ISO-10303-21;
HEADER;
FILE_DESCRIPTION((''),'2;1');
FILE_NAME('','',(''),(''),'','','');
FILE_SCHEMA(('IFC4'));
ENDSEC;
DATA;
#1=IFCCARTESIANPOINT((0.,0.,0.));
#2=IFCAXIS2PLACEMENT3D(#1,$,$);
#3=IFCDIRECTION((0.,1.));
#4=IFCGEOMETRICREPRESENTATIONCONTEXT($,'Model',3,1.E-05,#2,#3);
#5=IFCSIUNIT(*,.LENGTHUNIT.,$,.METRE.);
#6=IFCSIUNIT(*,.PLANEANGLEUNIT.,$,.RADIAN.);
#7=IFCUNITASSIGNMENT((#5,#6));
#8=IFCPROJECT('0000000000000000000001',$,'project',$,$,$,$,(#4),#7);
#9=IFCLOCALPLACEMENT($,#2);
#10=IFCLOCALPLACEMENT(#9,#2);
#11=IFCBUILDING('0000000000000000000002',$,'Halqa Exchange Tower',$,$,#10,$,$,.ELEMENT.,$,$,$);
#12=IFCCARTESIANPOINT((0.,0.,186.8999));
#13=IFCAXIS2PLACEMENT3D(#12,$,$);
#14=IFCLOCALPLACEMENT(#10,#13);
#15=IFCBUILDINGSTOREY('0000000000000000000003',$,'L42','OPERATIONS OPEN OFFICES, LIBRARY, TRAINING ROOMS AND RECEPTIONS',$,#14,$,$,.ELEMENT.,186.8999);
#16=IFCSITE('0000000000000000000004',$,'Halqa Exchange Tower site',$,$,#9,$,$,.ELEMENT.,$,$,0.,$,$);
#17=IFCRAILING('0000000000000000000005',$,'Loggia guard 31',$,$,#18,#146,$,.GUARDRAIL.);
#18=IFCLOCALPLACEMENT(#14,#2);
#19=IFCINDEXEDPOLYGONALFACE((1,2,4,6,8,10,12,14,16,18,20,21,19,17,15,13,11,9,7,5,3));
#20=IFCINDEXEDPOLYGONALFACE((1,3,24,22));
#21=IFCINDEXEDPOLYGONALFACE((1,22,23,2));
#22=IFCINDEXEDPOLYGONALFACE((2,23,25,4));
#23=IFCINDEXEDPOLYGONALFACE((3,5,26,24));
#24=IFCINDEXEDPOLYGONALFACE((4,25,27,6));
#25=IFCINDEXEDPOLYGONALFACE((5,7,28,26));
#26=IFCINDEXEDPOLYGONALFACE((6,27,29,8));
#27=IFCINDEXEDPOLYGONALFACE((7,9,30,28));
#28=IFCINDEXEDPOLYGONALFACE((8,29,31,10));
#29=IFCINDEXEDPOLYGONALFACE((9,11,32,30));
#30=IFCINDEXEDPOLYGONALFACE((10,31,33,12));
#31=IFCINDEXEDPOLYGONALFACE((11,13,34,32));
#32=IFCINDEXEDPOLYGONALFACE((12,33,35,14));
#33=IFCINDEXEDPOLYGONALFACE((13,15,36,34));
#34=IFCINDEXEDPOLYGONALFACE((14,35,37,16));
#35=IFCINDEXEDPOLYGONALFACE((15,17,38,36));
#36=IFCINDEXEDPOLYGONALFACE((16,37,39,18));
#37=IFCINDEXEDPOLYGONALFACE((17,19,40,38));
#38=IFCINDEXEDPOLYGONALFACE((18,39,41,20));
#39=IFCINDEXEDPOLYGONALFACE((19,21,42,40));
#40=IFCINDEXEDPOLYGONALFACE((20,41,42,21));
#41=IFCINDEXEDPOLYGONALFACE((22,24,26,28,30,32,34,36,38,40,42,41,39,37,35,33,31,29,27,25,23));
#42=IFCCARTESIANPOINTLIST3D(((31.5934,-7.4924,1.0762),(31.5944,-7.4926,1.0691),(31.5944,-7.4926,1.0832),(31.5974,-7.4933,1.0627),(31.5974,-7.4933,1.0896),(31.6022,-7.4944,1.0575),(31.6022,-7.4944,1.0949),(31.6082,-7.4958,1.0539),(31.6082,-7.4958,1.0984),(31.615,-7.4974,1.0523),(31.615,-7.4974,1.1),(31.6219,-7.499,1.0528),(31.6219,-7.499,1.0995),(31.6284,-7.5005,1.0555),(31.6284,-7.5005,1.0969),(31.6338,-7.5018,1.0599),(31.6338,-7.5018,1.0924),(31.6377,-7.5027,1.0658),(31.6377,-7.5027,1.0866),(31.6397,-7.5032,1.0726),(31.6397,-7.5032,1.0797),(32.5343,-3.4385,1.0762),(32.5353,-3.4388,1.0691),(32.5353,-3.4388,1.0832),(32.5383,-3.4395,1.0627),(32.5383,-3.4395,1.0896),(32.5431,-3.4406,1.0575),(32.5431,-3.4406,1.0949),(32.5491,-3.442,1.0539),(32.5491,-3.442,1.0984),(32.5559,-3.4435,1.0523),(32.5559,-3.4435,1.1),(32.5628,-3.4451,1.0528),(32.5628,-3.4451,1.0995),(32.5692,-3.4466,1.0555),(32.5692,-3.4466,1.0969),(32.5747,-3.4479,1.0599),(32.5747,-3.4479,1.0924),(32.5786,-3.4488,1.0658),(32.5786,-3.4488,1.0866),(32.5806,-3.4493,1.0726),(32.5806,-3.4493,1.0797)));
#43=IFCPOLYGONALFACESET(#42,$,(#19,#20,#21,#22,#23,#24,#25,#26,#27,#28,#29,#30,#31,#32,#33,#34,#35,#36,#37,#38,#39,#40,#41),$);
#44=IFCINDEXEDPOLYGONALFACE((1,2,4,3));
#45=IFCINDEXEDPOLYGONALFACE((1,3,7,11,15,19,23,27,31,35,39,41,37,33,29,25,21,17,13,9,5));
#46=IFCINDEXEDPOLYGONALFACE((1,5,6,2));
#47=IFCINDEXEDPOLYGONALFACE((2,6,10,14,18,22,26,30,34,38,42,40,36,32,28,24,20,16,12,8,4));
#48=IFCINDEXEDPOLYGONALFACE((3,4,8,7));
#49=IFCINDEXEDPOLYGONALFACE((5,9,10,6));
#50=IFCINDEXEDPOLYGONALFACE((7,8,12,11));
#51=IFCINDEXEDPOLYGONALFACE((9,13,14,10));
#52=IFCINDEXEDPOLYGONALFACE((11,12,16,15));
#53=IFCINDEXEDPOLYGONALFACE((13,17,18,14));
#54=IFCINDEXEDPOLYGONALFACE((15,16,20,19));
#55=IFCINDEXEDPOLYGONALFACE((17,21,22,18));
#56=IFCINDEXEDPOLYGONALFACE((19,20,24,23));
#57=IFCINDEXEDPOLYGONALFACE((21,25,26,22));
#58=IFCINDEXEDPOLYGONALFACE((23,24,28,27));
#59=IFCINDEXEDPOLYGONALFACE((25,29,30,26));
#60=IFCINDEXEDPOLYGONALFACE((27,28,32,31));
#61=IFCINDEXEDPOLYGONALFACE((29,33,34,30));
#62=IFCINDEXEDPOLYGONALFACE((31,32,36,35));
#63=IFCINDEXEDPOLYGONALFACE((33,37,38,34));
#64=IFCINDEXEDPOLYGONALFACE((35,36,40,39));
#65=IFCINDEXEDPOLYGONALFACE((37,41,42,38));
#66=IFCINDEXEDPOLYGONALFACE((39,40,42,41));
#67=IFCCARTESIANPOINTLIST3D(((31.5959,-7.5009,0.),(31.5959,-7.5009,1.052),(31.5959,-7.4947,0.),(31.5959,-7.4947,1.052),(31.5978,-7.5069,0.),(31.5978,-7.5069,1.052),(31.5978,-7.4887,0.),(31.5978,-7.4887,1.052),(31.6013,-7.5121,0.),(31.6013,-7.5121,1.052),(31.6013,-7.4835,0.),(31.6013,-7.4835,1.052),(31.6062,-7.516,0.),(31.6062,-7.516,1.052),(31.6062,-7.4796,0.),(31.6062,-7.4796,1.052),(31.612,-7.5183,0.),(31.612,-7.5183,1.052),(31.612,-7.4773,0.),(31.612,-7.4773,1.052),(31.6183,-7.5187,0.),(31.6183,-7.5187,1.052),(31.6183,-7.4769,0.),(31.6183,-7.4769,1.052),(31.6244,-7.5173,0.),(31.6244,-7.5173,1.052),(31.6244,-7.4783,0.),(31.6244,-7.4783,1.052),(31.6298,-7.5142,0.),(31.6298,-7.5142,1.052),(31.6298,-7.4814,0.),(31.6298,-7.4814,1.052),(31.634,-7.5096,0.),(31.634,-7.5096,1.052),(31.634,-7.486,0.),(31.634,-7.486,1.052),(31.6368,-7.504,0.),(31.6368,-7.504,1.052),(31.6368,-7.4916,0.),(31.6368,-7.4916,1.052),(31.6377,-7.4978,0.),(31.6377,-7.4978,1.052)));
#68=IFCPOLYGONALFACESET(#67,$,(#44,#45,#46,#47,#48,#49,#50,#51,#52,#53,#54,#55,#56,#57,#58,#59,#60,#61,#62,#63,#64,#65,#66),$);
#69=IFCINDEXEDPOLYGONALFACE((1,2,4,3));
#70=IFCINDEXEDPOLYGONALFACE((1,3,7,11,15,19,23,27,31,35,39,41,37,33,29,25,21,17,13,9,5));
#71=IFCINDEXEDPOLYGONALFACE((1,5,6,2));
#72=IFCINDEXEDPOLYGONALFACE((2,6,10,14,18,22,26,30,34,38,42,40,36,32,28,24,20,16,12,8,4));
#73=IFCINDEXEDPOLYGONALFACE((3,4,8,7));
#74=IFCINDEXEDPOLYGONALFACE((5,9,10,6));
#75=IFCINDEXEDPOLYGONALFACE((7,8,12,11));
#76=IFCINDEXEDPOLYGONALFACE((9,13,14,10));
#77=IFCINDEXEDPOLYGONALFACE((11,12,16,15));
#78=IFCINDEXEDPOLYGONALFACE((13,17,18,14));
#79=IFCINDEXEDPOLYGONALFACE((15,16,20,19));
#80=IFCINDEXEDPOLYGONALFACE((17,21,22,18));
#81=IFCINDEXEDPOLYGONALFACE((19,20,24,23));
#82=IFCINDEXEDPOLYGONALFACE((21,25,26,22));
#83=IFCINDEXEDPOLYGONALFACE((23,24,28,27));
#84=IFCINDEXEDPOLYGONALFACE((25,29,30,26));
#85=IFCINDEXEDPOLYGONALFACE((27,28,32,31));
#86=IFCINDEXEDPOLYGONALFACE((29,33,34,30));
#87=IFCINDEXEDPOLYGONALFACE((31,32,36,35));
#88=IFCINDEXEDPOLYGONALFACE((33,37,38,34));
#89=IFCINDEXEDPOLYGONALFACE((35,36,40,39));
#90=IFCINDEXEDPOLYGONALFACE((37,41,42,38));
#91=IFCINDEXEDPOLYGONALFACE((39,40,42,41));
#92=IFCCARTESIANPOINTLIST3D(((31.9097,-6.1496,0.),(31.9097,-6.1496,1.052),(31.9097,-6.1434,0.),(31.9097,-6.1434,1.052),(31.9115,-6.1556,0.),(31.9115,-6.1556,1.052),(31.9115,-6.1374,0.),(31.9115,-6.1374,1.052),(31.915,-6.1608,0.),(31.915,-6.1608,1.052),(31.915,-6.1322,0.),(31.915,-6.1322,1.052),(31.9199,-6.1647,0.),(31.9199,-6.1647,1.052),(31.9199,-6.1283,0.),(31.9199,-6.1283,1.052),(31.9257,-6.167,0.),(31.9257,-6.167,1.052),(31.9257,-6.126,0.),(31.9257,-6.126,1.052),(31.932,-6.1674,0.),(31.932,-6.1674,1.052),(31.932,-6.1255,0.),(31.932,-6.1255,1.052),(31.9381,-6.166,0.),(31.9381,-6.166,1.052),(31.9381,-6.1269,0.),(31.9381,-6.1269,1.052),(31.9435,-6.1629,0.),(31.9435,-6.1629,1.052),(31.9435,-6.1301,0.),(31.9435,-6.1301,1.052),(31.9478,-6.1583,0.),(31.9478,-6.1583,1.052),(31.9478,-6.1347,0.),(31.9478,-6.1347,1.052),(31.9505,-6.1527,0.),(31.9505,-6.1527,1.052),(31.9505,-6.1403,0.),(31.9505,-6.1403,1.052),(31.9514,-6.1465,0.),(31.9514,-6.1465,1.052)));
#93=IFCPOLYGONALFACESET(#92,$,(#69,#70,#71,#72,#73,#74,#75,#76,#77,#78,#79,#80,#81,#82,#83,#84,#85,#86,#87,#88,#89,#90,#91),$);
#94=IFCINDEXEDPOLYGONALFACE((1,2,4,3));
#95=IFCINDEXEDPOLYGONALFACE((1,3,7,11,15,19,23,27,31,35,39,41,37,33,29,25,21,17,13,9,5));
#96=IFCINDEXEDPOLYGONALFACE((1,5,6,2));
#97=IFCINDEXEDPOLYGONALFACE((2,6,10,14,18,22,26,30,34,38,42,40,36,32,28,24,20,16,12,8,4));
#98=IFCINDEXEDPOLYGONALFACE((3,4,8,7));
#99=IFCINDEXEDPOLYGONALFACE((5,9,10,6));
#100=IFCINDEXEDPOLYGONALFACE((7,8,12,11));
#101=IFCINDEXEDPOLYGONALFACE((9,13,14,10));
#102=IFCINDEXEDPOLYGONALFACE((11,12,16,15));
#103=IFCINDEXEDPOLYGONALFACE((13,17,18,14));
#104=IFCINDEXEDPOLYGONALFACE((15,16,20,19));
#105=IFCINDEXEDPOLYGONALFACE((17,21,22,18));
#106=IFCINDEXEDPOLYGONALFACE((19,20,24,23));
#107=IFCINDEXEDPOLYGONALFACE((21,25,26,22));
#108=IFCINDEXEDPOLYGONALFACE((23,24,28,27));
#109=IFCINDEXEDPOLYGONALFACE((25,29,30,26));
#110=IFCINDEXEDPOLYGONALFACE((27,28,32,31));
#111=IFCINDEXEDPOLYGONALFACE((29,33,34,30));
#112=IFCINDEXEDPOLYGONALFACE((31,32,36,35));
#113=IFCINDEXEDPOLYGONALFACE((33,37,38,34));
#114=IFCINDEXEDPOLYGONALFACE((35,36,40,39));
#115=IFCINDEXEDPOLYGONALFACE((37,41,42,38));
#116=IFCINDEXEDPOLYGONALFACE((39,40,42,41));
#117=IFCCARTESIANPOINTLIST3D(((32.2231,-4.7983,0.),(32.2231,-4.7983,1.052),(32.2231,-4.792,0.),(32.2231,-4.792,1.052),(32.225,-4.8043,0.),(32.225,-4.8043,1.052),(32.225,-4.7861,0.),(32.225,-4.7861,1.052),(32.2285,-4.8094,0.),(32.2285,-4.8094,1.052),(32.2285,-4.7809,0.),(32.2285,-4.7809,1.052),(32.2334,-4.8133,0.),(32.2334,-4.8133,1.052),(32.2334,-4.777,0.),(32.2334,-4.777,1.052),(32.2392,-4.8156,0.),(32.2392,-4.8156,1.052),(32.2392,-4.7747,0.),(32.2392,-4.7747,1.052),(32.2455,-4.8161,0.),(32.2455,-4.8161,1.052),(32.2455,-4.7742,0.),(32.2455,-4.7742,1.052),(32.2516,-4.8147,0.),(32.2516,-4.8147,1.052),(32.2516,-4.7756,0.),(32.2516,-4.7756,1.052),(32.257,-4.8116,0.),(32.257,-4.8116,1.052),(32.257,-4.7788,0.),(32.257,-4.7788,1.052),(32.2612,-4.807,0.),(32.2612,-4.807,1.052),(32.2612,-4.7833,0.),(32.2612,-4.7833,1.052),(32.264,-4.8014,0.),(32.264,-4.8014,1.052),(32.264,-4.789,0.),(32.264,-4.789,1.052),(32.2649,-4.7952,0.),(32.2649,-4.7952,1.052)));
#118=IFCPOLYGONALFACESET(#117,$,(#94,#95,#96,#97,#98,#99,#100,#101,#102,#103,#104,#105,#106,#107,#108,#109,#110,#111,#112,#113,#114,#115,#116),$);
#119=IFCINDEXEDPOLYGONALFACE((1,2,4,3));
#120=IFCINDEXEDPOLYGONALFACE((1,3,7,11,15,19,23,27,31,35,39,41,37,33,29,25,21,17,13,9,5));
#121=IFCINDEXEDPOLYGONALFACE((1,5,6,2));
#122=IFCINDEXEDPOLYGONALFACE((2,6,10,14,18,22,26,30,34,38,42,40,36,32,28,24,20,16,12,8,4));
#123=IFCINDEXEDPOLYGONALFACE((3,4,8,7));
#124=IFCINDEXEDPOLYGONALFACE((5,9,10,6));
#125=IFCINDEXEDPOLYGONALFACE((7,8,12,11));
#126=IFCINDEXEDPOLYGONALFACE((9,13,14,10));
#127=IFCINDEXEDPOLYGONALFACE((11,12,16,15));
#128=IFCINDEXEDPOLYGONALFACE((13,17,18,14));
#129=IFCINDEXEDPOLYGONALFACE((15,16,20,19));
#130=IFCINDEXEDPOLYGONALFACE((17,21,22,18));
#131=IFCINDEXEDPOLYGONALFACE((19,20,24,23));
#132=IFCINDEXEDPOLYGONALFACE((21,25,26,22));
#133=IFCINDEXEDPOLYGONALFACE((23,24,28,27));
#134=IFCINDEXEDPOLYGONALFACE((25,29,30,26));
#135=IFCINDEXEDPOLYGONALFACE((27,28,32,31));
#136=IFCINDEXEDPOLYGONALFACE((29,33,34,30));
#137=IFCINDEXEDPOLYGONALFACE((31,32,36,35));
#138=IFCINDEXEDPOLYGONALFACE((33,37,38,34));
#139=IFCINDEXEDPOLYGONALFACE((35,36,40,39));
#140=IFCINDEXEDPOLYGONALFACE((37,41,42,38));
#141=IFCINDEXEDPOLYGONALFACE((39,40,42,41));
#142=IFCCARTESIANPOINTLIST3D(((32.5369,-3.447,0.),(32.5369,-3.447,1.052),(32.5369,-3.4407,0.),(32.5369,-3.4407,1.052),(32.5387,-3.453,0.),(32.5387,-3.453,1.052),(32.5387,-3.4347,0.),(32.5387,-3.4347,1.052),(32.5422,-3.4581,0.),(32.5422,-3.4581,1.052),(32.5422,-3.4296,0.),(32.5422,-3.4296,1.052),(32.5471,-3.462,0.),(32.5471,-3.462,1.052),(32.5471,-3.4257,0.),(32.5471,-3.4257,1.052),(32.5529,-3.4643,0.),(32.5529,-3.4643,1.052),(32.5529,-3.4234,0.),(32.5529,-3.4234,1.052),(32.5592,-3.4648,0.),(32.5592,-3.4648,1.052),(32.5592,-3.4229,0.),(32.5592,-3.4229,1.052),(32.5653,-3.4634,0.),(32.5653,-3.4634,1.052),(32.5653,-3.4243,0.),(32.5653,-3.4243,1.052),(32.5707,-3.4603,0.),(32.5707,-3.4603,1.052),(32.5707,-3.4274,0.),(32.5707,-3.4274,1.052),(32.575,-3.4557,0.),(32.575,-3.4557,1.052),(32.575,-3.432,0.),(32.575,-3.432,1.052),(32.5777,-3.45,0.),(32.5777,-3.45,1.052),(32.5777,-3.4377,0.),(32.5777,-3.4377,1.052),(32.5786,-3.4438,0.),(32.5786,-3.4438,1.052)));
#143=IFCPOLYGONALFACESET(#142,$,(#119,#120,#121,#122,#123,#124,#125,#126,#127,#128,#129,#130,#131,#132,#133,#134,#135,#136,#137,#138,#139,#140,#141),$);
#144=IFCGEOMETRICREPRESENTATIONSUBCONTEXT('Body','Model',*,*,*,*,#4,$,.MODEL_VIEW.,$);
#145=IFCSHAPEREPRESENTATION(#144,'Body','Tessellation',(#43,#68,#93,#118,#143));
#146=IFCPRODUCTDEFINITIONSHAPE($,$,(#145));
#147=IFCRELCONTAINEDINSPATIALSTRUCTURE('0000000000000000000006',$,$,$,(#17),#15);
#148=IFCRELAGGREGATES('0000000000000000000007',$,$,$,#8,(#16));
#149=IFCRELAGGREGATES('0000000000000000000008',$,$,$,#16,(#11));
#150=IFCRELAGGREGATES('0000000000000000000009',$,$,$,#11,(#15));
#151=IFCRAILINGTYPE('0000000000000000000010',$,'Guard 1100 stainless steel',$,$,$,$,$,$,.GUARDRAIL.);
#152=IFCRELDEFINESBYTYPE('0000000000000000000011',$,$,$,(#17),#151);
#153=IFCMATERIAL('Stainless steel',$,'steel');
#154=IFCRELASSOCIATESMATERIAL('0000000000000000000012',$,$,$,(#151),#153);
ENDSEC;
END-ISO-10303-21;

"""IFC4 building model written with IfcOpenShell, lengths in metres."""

from ifc_helpers import new_model, si_unit, direction, frame, origin, origin_2d, place, context, subcontext, project, spatial, circle, extrude, material, type_object, element, save


model = new_model("IFC4")

# Units and contexts
model_context = context("Model", 3, precision=1e-05, world=origin(), true_north=direction((0.0, 1.0)))
body_context = subcontext(model_context, "Body", "Model", "MODEL_VIEW")
ifc_project = project(units=[si_unit("LENGTHUNIT", "METRE"), si_unit("PLANEANGLEUNIT", "RADIAN")], contexts=[model_context])

# Site, building, storey
site_placement = place(None, origin())
site = spatial("IfcSite", under=ifc_project, at=site_placement, Name="Halqa Exchange Tower site", CompositionType="ELEMENT", RefElevation=0.0)
building_placement = place(site_placement, origin())
building = spatial("IfcBuilding", under=site, at=building_placement, Name="Halqa Exchange Tower", CompositionType="ELEMENT")
storey_placement = place(building_placement, frame((0.0, 0.0, 186.8999)))
storey = spatial("IfcBuildingStorey", under=building, at=storey_placement, Name="L42", Description="OPERATIONS OPEN OFFICES, LIBRARY, TRAINING ROOMS AND RECEPTIONS", CompositionType="ELEMENT", Elevation=186.8999)

# Railing
ifc_material_1 = material(Name="Stainless steel", Category="steel")
railing_type = type_object("IfcRailingType", Name="Guard 1100 stainless steel", PredefinedType="GUARDRAIL", material=ifc_material_1)
railing_1_placement = place(storey_placement, frame((31.6167, -7.4978, 0.0)))
element("IfcRailing", 1, at=railing_1_placement, inside=storey, type_object=railing_type, Name="Loggia guard 31", PredefinedType="GUARDRAIL", context=body_context, shape_type="SweptSolid", body=[
    extrude(circle(Radius=0.0239, at=origin_2d()), frame((0.0, 0.0, 1.0762), z_axis=(0.226089, 0.974107, 0.0), x_axis=(-0.974107, 0.226089, 0.0)), (0.0, 0.0, 1.0), 4.1616),
    extrude(circle(Radius=0.021, at=origin_2d()), origin(), (0.0, 0.0, 1.0), 1.052),
    extrude(circle(Radius=0.021, at=origin_2d()), frame((0.3137, 1.3513, 0.0)), (0.0, 0.0, 1.0), 1.052),
    extrude(circle(Radius=0.021, at=origin_2d()), frame((0.6272, 2.7026, 0.0)), (0.0, 0.0, 1.0), 1.052),
    extrude(circle(Radius=0.021, at=origin_2d()), frame((0.9409, 4.054, 0.0)), (0.0, 0.0, 1.0), 1.052),
])

save(model, "model.ifc")
